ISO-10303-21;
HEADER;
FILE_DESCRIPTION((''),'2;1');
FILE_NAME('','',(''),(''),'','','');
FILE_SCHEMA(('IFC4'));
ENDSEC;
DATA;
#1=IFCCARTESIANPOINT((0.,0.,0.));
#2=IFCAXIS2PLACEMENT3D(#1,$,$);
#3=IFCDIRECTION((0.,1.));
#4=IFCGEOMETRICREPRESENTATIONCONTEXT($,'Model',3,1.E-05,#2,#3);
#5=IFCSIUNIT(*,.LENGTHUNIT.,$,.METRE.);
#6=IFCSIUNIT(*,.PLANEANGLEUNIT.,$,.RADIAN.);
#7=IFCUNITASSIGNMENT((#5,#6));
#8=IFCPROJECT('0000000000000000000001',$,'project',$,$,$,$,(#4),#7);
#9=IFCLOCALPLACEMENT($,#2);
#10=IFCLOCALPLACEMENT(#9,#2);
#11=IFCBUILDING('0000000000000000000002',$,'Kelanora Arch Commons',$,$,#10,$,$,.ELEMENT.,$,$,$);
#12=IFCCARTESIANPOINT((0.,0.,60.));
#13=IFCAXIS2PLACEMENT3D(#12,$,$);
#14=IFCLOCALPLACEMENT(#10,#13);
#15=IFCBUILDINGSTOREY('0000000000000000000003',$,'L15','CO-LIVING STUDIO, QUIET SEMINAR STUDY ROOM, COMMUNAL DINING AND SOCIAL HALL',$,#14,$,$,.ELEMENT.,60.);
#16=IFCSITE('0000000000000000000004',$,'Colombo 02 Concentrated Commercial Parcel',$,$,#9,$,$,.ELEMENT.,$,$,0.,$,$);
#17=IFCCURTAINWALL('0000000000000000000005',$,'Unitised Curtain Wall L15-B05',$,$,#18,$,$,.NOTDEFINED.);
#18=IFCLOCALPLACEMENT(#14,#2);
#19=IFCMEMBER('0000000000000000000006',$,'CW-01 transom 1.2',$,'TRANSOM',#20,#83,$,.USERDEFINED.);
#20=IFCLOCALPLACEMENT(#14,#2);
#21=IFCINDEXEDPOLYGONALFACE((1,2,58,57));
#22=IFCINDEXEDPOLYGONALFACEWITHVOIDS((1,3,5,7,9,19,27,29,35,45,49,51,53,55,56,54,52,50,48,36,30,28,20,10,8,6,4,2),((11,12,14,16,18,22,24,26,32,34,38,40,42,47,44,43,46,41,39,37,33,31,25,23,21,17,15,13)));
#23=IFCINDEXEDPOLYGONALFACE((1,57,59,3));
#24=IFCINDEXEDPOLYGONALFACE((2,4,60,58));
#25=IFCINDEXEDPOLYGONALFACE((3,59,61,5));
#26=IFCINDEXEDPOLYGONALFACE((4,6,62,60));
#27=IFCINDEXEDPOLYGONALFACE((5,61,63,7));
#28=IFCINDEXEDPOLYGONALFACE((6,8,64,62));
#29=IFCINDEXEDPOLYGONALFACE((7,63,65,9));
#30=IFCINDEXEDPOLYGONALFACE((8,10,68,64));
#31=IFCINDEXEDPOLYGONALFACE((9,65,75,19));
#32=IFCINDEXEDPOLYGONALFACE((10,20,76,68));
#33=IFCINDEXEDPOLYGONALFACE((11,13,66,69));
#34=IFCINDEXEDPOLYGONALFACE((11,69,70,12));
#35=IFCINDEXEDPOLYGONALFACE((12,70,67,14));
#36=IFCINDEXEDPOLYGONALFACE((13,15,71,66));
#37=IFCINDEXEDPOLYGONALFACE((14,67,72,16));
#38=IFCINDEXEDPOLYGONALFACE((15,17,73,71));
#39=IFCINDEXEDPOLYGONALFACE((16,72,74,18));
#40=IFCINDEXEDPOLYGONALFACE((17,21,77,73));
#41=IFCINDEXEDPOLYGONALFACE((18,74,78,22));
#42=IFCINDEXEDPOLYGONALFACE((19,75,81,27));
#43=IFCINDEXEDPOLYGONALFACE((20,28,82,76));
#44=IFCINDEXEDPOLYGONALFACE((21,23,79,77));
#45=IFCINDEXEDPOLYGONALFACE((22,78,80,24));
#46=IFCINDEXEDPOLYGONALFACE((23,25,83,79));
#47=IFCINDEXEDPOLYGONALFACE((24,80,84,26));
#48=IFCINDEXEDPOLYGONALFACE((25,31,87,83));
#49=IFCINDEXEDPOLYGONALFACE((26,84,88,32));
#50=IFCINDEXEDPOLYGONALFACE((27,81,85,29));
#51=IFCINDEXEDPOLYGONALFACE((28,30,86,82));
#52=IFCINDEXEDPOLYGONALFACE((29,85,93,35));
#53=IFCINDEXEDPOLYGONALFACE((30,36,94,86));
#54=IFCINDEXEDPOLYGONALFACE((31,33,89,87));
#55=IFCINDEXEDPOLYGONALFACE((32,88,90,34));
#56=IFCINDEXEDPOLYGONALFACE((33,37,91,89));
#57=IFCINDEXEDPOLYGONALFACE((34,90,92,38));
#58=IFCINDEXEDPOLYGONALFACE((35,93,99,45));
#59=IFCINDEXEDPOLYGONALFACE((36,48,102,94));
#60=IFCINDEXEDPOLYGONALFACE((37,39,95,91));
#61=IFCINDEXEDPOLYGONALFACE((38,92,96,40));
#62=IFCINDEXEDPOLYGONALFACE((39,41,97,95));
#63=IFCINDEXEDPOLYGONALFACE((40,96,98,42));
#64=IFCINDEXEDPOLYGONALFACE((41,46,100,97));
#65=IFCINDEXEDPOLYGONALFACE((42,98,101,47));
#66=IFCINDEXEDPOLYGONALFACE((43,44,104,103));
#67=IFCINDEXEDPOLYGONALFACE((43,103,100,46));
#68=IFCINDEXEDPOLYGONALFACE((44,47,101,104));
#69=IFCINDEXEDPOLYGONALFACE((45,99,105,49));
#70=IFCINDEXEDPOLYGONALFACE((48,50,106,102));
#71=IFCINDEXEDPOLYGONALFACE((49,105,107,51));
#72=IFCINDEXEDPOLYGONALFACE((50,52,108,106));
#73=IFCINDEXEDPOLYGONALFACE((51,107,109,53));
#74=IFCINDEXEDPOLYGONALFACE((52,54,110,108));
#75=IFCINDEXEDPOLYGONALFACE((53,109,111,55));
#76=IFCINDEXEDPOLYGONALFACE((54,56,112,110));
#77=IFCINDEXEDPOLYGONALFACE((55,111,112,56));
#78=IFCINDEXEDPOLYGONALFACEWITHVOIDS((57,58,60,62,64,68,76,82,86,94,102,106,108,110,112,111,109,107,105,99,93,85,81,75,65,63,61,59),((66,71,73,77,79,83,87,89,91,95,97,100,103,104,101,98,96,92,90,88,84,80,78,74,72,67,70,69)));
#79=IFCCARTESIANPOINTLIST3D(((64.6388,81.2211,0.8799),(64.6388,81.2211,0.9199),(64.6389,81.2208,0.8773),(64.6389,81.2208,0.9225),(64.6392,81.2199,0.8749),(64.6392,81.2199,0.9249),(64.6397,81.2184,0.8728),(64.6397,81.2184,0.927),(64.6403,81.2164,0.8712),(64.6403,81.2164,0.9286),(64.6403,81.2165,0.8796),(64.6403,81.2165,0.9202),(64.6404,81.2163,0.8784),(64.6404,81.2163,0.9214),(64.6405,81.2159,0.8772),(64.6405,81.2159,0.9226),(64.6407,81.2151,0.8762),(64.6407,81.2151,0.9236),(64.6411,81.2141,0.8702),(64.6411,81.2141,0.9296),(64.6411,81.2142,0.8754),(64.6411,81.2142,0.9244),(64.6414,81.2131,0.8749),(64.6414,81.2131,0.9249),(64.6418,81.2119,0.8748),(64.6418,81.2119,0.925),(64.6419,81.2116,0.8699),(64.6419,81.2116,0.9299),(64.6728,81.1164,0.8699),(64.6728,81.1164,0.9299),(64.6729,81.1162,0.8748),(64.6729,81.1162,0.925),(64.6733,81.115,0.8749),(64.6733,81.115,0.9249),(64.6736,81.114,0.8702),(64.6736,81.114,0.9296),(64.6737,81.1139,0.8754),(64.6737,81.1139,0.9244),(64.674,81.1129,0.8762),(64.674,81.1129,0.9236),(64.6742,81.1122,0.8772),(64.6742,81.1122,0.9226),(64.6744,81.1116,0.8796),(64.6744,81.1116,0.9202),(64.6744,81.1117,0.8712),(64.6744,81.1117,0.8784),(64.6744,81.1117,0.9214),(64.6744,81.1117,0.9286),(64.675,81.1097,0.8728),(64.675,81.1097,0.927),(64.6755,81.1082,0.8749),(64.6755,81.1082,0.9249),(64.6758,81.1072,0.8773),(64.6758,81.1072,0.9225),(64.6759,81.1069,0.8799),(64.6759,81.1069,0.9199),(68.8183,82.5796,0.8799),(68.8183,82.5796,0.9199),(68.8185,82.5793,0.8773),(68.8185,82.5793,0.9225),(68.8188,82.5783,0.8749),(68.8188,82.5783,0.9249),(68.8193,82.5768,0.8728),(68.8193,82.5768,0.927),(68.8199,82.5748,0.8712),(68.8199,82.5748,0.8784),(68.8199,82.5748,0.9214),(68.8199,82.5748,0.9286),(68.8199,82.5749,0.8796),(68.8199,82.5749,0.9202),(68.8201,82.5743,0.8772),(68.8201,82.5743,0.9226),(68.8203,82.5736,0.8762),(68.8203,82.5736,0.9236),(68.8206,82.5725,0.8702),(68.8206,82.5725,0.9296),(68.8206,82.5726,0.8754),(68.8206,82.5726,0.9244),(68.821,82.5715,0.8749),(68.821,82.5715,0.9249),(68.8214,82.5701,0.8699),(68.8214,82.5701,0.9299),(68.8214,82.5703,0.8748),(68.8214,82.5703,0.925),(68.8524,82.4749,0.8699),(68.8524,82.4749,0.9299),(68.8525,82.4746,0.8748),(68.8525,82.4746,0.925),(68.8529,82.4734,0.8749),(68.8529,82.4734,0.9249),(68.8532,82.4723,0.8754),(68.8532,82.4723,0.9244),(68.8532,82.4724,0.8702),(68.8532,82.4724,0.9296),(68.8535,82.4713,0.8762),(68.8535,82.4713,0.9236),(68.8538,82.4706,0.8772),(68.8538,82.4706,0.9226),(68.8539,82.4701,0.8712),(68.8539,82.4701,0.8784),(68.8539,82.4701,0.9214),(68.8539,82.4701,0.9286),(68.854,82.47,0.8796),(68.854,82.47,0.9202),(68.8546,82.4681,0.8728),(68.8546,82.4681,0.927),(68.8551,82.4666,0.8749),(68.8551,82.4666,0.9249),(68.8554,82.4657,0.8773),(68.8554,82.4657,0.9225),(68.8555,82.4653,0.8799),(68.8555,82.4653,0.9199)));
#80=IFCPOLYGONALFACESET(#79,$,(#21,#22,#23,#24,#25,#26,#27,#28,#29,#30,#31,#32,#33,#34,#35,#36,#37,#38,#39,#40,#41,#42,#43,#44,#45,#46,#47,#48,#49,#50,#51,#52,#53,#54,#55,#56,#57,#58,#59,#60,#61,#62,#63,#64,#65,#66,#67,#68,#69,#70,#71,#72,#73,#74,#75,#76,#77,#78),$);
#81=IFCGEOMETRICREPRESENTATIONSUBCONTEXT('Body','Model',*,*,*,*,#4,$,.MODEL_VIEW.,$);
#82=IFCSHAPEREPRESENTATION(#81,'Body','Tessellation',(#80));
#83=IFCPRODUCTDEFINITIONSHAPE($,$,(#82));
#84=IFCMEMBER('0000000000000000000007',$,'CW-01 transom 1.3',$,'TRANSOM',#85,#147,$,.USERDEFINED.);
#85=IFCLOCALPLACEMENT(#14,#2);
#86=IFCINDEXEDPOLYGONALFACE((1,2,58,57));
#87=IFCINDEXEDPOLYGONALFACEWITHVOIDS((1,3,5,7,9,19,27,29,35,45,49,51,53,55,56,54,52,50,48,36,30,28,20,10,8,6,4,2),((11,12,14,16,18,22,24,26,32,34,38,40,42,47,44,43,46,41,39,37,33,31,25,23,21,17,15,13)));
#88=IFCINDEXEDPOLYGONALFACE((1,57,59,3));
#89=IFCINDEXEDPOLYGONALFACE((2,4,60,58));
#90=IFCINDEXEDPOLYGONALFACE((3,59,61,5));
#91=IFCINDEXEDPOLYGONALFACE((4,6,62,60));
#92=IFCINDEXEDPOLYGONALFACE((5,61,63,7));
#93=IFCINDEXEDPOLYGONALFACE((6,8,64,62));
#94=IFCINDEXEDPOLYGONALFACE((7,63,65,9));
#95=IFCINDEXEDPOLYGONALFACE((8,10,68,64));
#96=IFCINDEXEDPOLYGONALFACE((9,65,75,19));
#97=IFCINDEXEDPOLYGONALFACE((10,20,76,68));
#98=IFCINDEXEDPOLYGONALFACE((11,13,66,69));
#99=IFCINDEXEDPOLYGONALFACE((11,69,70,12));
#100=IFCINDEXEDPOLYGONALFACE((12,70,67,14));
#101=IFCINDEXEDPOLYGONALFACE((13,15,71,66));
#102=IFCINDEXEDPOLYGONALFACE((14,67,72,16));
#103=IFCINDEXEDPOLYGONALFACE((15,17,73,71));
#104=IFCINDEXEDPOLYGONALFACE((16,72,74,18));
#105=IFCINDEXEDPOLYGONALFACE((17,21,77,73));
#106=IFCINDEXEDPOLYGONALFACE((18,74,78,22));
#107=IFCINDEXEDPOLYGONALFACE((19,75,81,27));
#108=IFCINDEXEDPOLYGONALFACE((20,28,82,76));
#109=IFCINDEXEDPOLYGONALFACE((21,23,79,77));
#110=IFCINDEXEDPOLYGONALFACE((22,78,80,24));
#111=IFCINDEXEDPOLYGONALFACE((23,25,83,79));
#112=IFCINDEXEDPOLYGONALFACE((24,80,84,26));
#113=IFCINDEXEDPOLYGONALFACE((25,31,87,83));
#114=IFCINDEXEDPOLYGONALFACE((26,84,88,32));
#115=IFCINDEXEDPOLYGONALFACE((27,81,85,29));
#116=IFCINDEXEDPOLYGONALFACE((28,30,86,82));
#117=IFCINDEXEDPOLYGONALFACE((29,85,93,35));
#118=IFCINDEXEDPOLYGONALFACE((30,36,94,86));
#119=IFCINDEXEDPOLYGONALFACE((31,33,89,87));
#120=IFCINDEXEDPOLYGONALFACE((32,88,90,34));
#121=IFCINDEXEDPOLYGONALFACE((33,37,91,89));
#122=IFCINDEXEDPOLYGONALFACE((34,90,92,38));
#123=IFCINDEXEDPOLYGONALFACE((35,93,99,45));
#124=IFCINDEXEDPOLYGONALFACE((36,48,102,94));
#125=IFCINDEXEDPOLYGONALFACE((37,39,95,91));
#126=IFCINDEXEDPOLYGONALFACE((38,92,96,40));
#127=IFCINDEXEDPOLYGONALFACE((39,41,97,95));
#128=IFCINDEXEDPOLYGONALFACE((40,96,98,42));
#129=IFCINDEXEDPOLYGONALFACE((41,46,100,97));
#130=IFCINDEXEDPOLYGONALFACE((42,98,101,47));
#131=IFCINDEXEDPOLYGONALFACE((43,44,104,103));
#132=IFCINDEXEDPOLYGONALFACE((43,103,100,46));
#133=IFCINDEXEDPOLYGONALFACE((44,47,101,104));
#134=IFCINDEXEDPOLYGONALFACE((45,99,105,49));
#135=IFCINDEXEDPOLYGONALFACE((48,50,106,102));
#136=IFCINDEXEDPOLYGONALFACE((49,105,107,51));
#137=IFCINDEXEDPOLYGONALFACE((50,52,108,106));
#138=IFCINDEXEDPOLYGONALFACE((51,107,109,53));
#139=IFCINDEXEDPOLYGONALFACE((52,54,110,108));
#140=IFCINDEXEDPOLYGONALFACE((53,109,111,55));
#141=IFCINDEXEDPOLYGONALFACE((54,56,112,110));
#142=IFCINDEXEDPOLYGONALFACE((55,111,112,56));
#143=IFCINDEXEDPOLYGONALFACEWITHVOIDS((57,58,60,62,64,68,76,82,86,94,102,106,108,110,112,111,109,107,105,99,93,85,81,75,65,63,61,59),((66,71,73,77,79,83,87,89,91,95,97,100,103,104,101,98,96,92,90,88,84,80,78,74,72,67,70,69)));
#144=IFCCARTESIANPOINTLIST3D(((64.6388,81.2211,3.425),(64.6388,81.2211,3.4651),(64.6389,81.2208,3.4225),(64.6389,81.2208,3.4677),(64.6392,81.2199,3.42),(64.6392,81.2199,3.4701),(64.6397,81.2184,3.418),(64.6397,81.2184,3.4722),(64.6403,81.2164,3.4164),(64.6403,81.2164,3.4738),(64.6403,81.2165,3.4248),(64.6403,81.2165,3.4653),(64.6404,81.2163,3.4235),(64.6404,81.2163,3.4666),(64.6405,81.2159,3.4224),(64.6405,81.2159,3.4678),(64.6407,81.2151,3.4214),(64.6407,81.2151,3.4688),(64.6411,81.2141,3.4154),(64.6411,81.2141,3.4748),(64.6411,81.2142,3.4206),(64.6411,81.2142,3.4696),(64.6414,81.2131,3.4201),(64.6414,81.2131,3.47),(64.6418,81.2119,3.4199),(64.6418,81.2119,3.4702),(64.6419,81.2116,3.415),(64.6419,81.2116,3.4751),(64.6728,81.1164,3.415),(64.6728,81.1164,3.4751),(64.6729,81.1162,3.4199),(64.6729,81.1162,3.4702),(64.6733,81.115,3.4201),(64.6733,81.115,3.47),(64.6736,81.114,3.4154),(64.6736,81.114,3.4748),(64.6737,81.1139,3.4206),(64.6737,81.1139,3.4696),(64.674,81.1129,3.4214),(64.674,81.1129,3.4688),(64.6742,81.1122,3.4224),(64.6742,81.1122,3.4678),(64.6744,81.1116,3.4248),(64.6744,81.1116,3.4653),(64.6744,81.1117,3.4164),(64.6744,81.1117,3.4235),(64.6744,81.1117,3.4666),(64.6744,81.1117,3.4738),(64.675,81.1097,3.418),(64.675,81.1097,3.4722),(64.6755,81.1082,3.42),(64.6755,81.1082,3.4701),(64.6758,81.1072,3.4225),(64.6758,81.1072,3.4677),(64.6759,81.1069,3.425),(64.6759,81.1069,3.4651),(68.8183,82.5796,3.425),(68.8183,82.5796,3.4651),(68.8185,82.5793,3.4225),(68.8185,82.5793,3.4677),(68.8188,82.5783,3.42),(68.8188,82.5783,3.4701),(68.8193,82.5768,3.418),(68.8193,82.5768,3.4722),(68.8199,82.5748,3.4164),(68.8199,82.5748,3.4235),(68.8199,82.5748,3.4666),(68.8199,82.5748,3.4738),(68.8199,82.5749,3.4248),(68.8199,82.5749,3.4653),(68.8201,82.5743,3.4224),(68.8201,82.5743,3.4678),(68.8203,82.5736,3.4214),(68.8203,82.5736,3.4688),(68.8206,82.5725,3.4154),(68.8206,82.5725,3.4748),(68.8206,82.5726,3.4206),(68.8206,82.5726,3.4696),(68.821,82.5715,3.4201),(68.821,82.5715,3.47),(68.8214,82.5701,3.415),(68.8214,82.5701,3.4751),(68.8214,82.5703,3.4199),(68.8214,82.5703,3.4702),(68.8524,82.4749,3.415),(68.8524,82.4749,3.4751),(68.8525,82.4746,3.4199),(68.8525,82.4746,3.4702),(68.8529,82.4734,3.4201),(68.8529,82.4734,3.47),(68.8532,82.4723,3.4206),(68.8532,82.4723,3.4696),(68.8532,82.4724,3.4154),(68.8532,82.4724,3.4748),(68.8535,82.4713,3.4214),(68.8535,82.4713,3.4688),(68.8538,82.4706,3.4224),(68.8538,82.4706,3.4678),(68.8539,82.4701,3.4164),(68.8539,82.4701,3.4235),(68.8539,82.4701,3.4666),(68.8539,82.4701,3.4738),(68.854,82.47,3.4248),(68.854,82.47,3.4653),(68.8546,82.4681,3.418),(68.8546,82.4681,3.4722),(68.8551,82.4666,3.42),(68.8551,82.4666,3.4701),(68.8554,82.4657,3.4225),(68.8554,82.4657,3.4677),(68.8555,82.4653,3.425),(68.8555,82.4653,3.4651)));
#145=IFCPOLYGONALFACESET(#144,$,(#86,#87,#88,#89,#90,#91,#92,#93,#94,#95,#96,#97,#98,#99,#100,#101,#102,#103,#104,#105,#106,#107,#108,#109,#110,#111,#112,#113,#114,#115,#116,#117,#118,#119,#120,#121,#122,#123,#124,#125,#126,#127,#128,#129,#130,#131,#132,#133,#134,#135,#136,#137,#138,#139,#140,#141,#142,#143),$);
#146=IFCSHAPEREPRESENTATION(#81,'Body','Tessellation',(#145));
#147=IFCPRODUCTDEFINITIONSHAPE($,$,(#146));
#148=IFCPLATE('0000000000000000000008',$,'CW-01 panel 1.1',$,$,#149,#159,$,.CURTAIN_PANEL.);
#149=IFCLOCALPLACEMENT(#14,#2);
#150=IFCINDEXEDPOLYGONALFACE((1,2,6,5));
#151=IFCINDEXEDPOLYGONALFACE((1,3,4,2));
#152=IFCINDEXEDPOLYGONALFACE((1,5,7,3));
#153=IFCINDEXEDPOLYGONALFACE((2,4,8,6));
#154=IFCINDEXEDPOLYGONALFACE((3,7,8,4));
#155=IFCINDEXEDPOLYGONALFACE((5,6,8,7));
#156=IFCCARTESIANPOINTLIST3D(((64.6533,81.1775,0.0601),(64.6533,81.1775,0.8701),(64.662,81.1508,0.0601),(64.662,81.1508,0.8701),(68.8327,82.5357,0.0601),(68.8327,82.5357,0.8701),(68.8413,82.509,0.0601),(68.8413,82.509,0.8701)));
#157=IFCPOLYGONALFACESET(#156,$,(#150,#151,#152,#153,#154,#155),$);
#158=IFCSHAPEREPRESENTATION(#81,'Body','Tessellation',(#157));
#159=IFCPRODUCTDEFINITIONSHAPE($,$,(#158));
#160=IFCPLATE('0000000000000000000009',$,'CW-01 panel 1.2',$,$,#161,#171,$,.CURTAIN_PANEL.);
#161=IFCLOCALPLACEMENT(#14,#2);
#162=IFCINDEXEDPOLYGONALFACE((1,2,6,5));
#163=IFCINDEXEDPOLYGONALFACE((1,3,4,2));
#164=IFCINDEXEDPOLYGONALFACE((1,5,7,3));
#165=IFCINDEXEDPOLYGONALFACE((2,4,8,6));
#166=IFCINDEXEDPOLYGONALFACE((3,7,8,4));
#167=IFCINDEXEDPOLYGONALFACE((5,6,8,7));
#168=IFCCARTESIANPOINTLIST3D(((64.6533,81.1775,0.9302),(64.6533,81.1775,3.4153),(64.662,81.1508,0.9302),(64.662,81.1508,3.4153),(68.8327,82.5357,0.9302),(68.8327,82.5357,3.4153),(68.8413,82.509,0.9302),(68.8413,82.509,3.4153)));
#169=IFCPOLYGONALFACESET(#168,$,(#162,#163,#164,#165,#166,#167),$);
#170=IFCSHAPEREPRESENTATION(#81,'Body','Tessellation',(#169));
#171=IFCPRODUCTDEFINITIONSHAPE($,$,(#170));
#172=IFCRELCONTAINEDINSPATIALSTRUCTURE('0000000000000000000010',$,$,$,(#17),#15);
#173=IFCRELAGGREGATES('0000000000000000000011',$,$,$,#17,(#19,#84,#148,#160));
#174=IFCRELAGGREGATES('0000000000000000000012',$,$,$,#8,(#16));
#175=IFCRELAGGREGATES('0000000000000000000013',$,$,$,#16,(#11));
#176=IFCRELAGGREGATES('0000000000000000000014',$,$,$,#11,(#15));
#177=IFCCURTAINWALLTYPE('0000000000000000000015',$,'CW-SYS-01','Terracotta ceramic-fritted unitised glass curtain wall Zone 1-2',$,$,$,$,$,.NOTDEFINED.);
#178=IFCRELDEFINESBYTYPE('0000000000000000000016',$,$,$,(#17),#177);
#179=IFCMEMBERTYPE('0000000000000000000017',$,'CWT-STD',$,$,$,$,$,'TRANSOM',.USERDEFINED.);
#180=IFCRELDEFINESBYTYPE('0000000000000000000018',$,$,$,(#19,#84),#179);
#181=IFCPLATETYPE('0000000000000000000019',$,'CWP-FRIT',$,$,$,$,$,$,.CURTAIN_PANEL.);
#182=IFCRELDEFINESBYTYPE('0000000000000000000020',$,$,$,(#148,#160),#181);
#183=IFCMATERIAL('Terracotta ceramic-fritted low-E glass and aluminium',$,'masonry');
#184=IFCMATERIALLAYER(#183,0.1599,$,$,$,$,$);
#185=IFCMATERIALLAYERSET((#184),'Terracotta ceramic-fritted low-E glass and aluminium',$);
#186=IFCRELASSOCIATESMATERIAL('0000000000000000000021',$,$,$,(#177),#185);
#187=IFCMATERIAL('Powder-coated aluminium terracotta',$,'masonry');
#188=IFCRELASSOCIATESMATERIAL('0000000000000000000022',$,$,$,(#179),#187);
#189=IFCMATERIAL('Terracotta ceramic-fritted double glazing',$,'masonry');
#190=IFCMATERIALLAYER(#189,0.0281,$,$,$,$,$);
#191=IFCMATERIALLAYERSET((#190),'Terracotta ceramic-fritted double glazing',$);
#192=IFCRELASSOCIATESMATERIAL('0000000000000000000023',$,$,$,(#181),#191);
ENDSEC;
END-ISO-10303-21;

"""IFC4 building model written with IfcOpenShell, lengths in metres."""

from ifc_helpers import new_model, si_unit, direction, frame, origin, origin_2d, place, context, subcontext, project, spatial, rectangle, hollow_rectangle, extrude, source, transform, mapped, material, layer, layer_set, material_profile, profile_set, type_object, element, aggregate, save


model = new_model("IFC4")

# Units and contexts
model_context = context("Model", 3, precision=1e-05, world=origin(), true_north=direction((0.0, 1.0)))
body_context = subcontext(model_context, "Body", "Model", "MODEL_VIEW")
ifc_project = project(units=[si_unit("LENGTHUNIT", "METRE"), si_unit("PLANEANGLEUNIT", "RADIAN")], contexts=[model_context])

# Site, building, storey
site_placement = place(None, origin())
site = spatial("IfcSite", under=ifc_project, at=site_placement, Name="Colombo 02 Concentrated Commercial Parcel", CompositionType="ELEMENT", RefElevation=0.0)
building_placement = place(site_placement, origin())
building = spatial("IfcBuilding", under=site, at=building_placement, Name="Kelanora Arch Commons", CompositionType="ELEMENT")
storey_placement = place(building_placement, frame((0.0, 0.0, 60.0)))
storey = spatial("IfcBuildingStorey", under=building, at=storey_placement, Name="L15", Description="CO-LIVING STUDIO, QUIET SEMINAR STUDY ROOM, COMMUNAL DINING AND SOCIAL HALL", CompositionType="ELEMENT", Elevation=60.0)

# Curtain wall, members, plates
ifc_material_1 = material(Name="Terracotta ceramic-fritted low-E glass and aluminium", Category="masonry")
ifc_layer_1 = layer(ifc_material_1, 0.1599)
ifc_layer_set_1 = layer_set([ifc_layer_1], Name="Terracotta ceramic-fritted low-E glass and aluminium")
curtain_wall_type = type_object("IfcCurtainWallType", Name="CW-SYS-01", Description="Terracotta ceramic-fritted unitised glass curtain wall Zone 1-2", PredefinedType="NOTDEFINED", material=ifc_layer_set_1)
curtain_wall_placement = place(storey_placement, origin())
curtain_wall = element("IfcCurtainWall", 1, at=curtain_wall_placement, inside=storey, type_object=curtain_wall_type, Name="Unitised Curtain Wall L15-B05", PredefinedType="NOTDEFINED")
ifc_material_2 = material(Name="Powder-coated aluminium terracotta", Category="masonry")
ifc_material_profile_1 = material_profile(ifc_material_2, hollow_rectangle(XDim=0.1201, YDim=0.0601, WallThickness=0.0049, InnerFilletRadius=0.0049, OuterFilletRadius=0.01, at=origin_2d()), Name="CWT120x60")
ifc_profile_set_1 = profile_set([ifc_material_profile_1], Name="Powder-coated aluminium terracotta")
member_type_1 = type_object("IfcMemberType", Name="CWT-STD", ElementType="TRANSOM", PredefinedType="USERDEFINED", material=ifc_profile_set_1)
member_1_placement = place(storey_placement, frame((68.8369, 82.5225, 0.8999), z_axis=(-0.951029, -0.309102, 0.0), x_axis=(0.309102, -0.951029, 0.0)))
member_1 = element("IfcMember", 2, at=member_1_placement, type_object=member_type_1, Name="CW-01 transom 1.2", ObjectType="TRANSOM", PredefinedType="USERDEFINED", context=body_context, shape_type="SweptSolid", body=[
    extrude(hollow_rectangle(XDim=0.1201, YDim=0.0601, WallThickness=0.0049, InnerFilletRadius=0.0049, OuterFilletRadius=0.01, at=origin_2d()), origin(), (0.0, 0.0, 1.0), 4.3948),
])
member_2_placement = place(storey_placement, frame((68.8369, 82.5225, 3.4451), z_axis=(-0.951029, -0.309102, 0.0), x_axis=(0.309102, -0.951029, 0.0)))
member_2 = element("IfcMember", 3, at=member_2_placement, type_object=member_type_1, Name="CW-01 transom 1.3", ObjectType="TRANSOM", PredefinedType="USERDEFINED", context=body_context, shape_type="SweptSolid", body=[
    extrude(hollow_rectangle(XDim=0.1201, YDim=0.0601, WallThickness=0.0049, InnerFilletRadius=0.0049, OuterFilletRadius=0.01, at=origin_2d()), origin(), (0.0, 0.0, 1.0), 4.3948),
])
ifc_material_3 = material(Name="Terracotta ceramic-fritted double glazing", Category="masonry")
ifc_layer_2 = layer(ifc_material_3, 0.0281)
ifc_layer_set_2 = layer_set([ifc_layer_2], Name="Terracotta ceramic-fritted double glazing")
plate_type = type_object("IfcPlateType", Name="CWP-FRIT", PredefinedType="CURTAIN_PANEL", material=ifc_layer_set_2)
shared_shape_1 = source(origin(), body_context, "Body", "SweptSolid", [
    extrude(rectangle(XDim=4.3945, YDim=0.0281, at=origin_2d()), origin(), (0.0, 0.0, 1.0), 0.8101),
])
plate_1_placement = place(storey_placement, frame((66.7473, 81.8433, 0.0601), z_axis=(0.0, 0.0, 1.0), x_axis=(-0.951043, -0.309058, 0.0)))
plate_1 = element("IfcPlate", 4, at=plate_1_placement, type_object=plate_type, Name="CW-01 panel 1.1", PredefinedType="CURTAIN_PANEL", context=body_context, shape_type="MappedRepresentation", body=[
    mapped(shared_shape_1, transform((0.0, 0.0, 0.0), scale=1.0)),
])
shared_shape_2 = source(origin(), body_context, "Body", "SweptSolid", [
    extrude(rectangle(XDim=4.3945, YDim=0.0281, at=origin_2d()), origin(), (0.0, 0.0, 1.0), 2.4851),
])
plate_2_placement = place(storey_placement, frame((66.7473, 81.8433, 0.9302), z_axis=(0.0, 0.0, 1.0), x_axis=(-0.951043, -0.309058, 0.0)))
plate_2 = element("IfcPlate", 5, at=plate_2_placement, type_object=plate_type, Name="CW-01 panel 1.2", PredefinedType="CURTAIN_PANEL", context=body_context, shape_type="MappedRepresentation", body=[
    mapped(shared_shape_2, transform((0.0, 0.0, 0.0), scale=1.0)),
])
aggregate(curtain_wall, [member_1, member_2, plate_1, plate_2])

save(model, "model.ifc")
